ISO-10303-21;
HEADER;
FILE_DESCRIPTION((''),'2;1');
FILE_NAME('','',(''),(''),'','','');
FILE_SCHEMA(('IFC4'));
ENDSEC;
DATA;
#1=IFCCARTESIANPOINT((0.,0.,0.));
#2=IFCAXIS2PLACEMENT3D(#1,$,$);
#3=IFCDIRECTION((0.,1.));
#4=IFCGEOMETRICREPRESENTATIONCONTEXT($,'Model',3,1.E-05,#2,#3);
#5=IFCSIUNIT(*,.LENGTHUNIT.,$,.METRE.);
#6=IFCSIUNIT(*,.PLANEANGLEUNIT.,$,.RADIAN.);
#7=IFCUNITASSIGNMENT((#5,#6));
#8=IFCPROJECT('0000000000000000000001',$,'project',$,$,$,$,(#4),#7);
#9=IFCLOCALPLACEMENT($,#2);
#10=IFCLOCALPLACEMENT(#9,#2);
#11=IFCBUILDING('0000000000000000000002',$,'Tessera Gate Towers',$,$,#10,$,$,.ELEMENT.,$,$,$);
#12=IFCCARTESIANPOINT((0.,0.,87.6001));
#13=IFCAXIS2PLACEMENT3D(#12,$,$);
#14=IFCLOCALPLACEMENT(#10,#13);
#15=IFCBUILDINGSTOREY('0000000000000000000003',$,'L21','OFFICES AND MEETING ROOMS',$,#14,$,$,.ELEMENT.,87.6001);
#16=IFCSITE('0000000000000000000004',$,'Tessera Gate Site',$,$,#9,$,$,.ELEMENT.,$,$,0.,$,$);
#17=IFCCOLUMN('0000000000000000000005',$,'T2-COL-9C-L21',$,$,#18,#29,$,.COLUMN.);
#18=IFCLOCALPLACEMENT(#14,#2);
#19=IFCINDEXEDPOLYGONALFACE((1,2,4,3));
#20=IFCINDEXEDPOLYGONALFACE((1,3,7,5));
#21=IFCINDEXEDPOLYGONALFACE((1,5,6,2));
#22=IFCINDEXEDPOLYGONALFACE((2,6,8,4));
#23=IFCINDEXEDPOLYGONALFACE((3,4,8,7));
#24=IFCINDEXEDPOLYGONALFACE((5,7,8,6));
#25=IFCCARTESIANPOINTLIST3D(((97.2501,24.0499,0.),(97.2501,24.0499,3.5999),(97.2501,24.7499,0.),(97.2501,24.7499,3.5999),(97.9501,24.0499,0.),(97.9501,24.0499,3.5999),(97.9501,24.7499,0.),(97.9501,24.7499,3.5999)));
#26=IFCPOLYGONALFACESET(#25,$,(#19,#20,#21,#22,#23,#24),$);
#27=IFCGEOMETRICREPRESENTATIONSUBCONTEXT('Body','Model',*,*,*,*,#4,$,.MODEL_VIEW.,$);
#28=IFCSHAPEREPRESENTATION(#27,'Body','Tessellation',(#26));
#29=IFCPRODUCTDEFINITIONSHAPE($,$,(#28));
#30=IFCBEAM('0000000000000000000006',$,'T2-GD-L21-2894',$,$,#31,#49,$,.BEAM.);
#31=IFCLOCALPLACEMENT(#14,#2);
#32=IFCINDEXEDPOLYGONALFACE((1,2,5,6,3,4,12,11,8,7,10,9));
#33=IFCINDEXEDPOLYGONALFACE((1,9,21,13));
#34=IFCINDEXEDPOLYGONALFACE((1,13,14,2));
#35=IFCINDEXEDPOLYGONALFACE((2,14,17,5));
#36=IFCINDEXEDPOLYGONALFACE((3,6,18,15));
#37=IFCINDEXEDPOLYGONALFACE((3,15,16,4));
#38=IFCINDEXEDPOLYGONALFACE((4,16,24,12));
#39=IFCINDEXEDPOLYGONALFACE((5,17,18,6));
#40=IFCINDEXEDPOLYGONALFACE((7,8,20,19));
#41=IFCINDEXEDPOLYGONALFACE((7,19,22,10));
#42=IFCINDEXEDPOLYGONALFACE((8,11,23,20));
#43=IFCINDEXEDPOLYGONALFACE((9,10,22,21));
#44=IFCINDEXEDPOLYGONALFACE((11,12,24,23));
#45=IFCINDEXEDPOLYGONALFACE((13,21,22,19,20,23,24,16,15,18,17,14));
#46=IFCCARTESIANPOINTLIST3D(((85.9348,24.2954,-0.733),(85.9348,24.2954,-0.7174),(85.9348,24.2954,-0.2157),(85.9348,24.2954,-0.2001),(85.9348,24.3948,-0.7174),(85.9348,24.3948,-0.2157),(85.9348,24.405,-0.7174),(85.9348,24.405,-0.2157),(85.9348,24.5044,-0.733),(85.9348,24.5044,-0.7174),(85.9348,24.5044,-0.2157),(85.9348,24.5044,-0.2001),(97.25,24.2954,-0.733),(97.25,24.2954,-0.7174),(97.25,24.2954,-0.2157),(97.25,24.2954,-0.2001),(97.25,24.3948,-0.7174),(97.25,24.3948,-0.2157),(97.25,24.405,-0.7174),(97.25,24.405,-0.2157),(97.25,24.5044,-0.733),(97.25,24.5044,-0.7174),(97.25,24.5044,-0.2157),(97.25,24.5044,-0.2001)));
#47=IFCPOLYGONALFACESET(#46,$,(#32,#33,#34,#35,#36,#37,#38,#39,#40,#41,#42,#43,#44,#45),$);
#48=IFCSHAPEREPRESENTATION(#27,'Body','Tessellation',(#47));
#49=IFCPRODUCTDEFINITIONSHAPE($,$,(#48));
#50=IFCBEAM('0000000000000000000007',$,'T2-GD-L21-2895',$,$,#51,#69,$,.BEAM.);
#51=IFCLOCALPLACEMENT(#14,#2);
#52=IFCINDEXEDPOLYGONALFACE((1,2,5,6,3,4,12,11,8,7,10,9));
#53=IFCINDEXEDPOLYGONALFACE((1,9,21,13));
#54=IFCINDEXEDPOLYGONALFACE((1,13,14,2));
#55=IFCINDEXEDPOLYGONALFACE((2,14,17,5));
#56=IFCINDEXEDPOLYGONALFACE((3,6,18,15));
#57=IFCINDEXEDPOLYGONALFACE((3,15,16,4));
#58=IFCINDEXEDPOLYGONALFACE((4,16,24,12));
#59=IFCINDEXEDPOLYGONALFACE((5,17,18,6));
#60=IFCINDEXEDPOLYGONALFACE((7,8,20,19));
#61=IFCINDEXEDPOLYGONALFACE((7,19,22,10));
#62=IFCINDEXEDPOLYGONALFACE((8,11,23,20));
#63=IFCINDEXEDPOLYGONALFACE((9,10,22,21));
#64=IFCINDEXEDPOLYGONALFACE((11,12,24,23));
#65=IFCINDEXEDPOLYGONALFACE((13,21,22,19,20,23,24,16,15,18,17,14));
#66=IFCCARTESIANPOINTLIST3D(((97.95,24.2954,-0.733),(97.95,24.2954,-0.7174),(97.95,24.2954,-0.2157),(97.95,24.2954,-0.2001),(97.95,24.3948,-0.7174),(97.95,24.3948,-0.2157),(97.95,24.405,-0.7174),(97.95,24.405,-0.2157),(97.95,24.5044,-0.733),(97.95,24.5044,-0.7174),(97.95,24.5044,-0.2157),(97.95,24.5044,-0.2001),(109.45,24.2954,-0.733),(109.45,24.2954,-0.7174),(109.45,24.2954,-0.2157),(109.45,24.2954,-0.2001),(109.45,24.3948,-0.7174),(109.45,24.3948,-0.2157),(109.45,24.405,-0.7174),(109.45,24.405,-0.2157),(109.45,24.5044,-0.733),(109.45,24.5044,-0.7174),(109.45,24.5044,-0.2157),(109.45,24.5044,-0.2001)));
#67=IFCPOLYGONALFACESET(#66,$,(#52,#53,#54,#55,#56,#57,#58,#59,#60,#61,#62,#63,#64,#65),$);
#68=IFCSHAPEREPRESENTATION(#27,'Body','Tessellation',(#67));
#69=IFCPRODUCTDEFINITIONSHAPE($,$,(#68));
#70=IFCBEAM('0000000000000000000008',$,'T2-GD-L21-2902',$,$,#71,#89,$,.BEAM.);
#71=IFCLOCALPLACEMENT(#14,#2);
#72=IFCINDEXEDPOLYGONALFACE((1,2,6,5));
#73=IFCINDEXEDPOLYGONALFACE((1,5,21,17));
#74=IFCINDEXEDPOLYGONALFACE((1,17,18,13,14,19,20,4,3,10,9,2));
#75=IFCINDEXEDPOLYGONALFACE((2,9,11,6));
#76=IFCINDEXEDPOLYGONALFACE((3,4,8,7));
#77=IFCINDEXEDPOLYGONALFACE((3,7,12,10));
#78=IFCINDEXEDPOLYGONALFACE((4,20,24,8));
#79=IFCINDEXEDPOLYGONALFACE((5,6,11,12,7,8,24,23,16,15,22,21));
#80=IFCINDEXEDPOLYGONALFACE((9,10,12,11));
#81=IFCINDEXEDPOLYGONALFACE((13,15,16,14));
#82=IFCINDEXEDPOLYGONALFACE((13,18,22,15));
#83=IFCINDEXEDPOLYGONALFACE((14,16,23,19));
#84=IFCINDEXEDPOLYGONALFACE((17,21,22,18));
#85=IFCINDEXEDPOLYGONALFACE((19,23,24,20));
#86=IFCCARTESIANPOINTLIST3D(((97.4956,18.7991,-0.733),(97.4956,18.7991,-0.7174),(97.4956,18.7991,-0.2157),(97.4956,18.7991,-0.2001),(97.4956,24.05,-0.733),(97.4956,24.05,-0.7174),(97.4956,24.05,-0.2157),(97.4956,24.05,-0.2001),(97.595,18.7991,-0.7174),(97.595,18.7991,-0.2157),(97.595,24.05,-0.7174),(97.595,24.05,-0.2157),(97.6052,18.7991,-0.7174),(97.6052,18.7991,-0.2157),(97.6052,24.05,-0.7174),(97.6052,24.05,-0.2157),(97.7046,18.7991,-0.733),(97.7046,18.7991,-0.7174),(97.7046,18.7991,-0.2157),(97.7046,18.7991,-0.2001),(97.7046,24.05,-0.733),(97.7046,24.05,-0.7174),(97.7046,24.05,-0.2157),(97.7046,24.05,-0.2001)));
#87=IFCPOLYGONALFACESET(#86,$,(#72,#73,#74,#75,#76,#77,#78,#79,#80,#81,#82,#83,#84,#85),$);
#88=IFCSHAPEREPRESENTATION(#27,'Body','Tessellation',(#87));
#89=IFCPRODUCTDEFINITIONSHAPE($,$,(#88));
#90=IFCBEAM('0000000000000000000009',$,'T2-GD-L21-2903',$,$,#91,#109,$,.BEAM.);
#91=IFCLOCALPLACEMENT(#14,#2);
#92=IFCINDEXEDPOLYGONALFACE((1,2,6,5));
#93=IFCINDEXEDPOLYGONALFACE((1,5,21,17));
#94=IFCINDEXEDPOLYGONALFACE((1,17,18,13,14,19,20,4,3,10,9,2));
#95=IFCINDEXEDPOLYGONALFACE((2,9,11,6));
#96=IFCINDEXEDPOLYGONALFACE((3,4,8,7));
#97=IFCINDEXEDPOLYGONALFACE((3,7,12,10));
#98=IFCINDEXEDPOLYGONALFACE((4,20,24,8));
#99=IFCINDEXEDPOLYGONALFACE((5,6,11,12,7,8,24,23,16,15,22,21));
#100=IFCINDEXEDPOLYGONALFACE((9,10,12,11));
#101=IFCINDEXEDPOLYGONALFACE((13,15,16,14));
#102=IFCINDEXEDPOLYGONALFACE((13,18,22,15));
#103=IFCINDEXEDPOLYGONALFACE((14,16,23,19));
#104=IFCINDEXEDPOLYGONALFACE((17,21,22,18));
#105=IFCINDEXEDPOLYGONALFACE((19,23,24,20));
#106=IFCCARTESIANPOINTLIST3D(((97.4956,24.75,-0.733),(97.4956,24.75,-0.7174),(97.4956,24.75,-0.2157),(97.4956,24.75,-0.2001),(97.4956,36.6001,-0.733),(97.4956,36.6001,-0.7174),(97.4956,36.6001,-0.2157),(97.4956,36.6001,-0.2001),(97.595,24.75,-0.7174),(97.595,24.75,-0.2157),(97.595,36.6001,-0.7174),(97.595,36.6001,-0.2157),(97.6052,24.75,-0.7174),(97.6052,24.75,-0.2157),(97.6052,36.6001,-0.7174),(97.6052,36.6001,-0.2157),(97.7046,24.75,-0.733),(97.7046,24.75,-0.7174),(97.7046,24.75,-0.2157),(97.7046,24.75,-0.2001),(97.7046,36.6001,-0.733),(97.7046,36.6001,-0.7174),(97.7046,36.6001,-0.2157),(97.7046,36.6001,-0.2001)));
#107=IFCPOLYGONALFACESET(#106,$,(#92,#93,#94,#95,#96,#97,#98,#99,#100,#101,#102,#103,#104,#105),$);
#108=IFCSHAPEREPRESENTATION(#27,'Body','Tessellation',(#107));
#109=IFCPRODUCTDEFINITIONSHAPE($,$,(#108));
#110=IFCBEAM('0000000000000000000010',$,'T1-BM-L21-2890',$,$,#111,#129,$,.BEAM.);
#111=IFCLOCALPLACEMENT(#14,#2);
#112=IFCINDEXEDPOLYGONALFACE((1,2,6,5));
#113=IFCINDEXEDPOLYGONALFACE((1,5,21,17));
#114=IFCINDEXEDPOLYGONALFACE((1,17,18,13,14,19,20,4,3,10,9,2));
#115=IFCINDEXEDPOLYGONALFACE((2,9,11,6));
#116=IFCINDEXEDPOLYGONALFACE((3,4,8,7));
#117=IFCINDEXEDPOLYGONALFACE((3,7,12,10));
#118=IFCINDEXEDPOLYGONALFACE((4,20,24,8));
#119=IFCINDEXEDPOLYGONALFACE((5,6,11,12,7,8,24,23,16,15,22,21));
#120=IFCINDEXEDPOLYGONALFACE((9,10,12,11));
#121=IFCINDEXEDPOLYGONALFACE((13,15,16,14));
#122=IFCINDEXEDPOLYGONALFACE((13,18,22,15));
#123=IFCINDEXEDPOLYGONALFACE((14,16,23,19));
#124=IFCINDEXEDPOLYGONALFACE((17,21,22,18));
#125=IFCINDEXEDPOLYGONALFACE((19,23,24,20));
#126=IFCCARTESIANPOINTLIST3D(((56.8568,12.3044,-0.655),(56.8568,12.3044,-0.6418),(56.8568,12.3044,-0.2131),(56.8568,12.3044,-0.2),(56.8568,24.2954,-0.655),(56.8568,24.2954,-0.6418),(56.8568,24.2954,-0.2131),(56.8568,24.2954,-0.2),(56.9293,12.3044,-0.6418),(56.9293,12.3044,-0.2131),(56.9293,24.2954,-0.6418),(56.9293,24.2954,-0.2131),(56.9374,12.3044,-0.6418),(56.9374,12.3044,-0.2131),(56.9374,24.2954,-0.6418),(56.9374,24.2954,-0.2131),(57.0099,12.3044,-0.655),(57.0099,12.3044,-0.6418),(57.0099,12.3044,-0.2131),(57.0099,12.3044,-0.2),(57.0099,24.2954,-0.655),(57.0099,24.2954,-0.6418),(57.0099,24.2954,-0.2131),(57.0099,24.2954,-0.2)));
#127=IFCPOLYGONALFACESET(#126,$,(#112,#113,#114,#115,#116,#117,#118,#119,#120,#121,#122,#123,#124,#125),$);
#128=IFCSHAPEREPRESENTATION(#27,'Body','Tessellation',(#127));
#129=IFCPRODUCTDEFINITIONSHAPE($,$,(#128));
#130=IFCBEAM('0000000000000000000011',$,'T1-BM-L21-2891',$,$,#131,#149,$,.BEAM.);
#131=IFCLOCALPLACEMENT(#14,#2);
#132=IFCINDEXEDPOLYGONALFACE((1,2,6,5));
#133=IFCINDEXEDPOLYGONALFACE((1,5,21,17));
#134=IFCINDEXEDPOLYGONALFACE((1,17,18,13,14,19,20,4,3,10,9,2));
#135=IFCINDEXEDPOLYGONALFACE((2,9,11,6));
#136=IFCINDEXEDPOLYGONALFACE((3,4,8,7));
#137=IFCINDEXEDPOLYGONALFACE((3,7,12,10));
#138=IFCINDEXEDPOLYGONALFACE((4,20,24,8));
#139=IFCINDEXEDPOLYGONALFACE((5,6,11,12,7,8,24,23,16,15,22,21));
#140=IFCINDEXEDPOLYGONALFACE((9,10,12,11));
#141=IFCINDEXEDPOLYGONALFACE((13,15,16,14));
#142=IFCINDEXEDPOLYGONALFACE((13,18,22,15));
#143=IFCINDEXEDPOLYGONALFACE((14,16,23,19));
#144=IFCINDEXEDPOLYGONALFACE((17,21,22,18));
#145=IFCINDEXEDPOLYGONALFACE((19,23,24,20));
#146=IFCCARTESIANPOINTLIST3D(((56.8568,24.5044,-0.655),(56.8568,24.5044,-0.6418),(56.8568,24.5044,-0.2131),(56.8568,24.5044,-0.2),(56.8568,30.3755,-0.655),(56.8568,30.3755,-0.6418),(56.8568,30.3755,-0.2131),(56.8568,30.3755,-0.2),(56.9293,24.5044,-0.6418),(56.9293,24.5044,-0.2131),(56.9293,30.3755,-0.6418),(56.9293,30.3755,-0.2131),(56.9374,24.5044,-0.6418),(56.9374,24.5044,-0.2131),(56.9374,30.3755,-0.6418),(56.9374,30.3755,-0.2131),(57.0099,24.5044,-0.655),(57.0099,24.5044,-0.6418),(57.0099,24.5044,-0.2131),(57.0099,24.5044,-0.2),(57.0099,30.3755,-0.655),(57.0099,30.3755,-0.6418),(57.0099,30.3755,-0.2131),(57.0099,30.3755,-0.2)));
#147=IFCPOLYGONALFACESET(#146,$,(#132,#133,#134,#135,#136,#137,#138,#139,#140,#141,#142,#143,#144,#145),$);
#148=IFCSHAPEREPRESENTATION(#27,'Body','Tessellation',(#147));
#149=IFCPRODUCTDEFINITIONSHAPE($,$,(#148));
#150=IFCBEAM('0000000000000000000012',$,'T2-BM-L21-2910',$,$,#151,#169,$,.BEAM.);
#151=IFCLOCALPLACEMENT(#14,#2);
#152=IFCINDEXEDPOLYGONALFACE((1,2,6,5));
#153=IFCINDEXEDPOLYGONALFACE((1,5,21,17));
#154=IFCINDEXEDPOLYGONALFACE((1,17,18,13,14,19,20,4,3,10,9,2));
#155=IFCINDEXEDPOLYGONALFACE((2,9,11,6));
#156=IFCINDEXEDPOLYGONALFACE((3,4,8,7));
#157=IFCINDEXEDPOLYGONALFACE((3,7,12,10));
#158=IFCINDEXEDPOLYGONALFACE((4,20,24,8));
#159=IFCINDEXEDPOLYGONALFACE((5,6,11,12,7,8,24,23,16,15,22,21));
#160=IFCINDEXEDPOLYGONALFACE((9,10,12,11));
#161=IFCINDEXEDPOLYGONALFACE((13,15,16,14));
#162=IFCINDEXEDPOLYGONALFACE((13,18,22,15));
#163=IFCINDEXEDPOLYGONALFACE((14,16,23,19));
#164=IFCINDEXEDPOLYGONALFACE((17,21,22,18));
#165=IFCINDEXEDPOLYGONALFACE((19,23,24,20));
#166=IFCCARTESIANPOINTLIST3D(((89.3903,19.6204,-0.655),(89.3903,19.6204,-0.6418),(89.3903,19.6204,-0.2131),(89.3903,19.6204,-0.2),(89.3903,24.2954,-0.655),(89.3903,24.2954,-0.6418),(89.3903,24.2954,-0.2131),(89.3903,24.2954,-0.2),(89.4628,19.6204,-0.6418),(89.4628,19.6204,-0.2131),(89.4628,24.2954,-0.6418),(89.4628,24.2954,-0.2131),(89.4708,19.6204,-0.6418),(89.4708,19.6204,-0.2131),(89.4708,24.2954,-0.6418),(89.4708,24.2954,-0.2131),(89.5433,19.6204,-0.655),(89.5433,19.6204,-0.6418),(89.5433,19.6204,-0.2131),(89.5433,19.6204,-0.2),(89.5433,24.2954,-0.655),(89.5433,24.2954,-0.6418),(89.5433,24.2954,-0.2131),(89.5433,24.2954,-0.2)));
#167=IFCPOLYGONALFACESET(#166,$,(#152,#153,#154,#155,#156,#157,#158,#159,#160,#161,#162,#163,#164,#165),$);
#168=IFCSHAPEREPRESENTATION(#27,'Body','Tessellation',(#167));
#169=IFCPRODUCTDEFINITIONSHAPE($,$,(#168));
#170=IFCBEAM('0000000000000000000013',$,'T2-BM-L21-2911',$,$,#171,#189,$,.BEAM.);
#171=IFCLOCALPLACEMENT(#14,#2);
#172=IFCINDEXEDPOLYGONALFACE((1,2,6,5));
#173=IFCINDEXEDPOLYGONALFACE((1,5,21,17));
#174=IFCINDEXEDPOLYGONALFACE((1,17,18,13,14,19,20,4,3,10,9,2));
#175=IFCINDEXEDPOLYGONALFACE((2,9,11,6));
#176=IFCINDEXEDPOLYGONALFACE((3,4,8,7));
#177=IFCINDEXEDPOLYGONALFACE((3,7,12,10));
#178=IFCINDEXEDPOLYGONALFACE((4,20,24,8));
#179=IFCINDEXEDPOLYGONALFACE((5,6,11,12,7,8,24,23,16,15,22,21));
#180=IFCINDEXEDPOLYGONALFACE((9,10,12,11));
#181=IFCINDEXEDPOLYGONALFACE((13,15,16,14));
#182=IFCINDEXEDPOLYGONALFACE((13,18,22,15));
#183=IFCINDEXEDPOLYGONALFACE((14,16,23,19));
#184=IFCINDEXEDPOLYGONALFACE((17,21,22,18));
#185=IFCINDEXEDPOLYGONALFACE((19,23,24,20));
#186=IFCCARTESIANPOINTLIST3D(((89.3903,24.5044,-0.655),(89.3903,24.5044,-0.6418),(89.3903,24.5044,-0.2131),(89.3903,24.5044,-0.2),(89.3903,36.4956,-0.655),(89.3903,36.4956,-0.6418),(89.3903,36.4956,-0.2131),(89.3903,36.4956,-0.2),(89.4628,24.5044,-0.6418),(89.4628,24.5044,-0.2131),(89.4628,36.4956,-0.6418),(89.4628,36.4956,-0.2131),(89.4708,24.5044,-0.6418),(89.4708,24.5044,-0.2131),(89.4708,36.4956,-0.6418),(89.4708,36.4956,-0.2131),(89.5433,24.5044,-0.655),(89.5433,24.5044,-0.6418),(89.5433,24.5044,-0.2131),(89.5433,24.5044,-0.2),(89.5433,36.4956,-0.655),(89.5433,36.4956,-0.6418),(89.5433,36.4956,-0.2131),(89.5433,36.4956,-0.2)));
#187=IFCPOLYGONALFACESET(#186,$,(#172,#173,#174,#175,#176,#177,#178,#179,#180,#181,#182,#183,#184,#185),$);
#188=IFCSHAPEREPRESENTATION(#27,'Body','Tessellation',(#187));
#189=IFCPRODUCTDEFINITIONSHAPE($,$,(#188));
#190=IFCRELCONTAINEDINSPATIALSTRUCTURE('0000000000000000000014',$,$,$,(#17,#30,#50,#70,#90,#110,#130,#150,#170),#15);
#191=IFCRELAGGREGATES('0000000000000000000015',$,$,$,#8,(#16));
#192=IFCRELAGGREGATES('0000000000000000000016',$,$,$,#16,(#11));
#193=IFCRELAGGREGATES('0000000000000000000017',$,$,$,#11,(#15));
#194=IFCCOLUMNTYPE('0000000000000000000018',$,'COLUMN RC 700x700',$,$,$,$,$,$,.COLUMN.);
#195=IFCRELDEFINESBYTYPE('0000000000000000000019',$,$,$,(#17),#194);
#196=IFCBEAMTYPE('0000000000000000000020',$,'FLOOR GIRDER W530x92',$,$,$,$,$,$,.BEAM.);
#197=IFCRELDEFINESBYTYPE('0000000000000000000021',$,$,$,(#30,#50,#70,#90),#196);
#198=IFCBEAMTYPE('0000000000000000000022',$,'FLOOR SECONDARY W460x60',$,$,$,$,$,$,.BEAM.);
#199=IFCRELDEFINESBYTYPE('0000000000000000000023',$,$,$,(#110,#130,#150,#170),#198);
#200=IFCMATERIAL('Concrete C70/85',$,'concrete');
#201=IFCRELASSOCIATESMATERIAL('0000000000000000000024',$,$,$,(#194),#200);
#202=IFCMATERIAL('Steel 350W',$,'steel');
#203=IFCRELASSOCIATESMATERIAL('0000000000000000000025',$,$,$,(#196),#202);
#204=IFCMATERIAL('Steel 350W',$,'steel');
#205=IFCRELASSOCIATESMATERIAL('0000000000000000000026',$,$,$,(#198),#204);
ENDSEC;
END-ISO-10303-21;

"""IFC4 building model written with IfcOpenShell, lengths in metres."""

from ifc_helpers import new_model, si_unit, direction, frame, origin, origin_2d, place, context, subcontext, project, spatial, rectangle, i_section, extrude, material, material_profile, profile_set, type_object, element, save


model = new_model("IFC4")

# Units and contexts
model_context = context("Model", 3, precision=1e-05, world=origin(), true_north=direction((0.0, 1.0)))
body_context = subcontext(model_context, "Body", "Model", "MODEL_VIEW")
ifc_project = project(units=[si_unit("LENGTHUNIT", "METRE"), si_unit("PLANEANGLEUNIT", "RADIAN")], contexts=[model_context])

# Site, building, storey
site_placement = place(None, origin())
site = spatial("IfcSite", under=ifc_project, at=site_placement, Name="Tessera Gate Site", CompositionType="ELEMENT", RefElevation=0.0)
building_placement = place(site_placement, origin())
building = spatial("IfcBuilding", under=site, at=building_placement, Name="Tessera Gate Towers", CompositionType="ELEMENT")
storey_placement = place(building_placement, frame((0.0, 0.0, 87.6001)))
storey = spatial("IfcBuildingStorey", under=building, at=storey_placement, Name="L21", Description="OFFICES AND MEETING ROOMS", CompositionType="ELEMENT", Elevation=87.6001)

# Column
ifc_material_1 = material(Name="Concrete C70/85", Category="concrete")
ifc_material_profile_1 = material_profile(ifc_material_1, rectangle(XDim=0.7, YDim=0.7, at=origin_2d()), Name="RC 700x700")
ifc_profile_set_1 = profile_set([ifc_material_profile_1], Name="Concrete C70/85")
column_type = type_object("IfcColumnType", Name="COLUMN RC 700x700", PredefinedType="COLUMN", material=ifc_profile_set_1)
column_placement = place(storey_placement, frame((97.6001, 24.3999, 0.0), z_axis=(0.0, 0.0, 1.0), x_axis=(1.0, 0.0, 0.0)))
element("IfcColumn", 1, at=column_placement, inside=storey, type_object=column_type, Name="T2-COL-9C-L21", PredefinedType="COLUMN", context=body_context, shape_type="SweptSolid", body=[
    extrude(rectangle(XDim=0.7, YDim=0.7, at=origin_2d()), origin(), (0.0, 0.0, 1.0), 3.5999),
])

# Beams
ifc_material_2 = material(Name="Steel 350W", Category="steel")
ifc_material_profile_2 = material_profile(ifc_material_2, i_section(OverallWidth=0.209, OverallDepth=0.533, WebThickness=0.0103, FlangeThickness=0.0156, at=origin_2d()), Name="W530x92")
ifc_profile_set_2 = profile_set([ifc_material_profile_2], Name="Steel 350W")
beam_type_1 = type_object("IfcBeamType", Name="FLOOR GIRDER W530x92", PredefinedType="BEAM", material=ifc_profile_set_2)
beam_1_placement = place(storey_placement, frame((85.9348, 24.3999, -0.4666), z_axis=(1.0, 0.0, 0.0), x_axis=(0.0, 1.0, 0.0)))
element("IfcBeam", 2, at=beam_1_placement, inside=storey, type_object=beam_type_1, Name="T2-GD-L21-2894", PredefinedType="BEAM", context=body_context, shape_type="SweptSolid", body=[
    extrude(i_section(OverallWidth=0.209, OverallDepth=0.533, WebThickness=0.0103, FlangeThickness=0.0156, at=origin_2d()), origin(), (0.0, 0.0, 1.0), 11.3152),
])
beam_2_placement = place(storey_placement, frame((97.95, 24.3999, -0.4666), z_axis=(1.0, 0.0, 0.0), x_axis=(0.0, 1.0, 0.0)))
element("IfcBeam", 3, at=beam_2_placement, inside=storey, type_object=beam_type_1, Name="T2-GD-L21-2895", PredefinedType="BEAM", context=body_context, shape_type="SweptSolid", body=[
    extrude(i_section(OverallWidth=0.209, OverallDepth=0.533, WebThickness=0.0103, FlangeThickness=0.0156, at=origin_2d()), origin(), (0.0, 0.0, 1.0), 11.5),
])
beam_3_placement = place(storey_placement, frame((97.6001, 18.7991, -0.4666), z_axis=(0.0, 1.0, 0.0), x_axis=(-1.0, 0.0, 0.0)))
element("IfcBeam", 4, at=beam_3_placement, inside=storey, type_object=beam_type_1, Name="T2-GD-L21-2902", PredefinedType="BEAM", context=body_context, shape_type="SweptSolid", body=[
    extrude(i_section(OverallWidth=0.209, OverallDepth=0.533, WebThickness=0.0103, FlangeThickness=0.0156, at=origin_2d()), origin(), (0.0, 0.0, 1.0), 5.251),
])
beam_4_placement = place(storey_placement, frame((97.6001, 24.75, -0.4666), z_axis=(0.0, 1.0, 0.0), x_axis=(-1.0, 0.0, 0.0)))
element("IfcBeam", 5, at=beam_4_placement, inside=storey, type_object=beam_type_1, Name="T2-GD-L21-2903", PredefinedType="BEAM", context=body_context, shape_type="SweptSolid", body=[
    extrude(i_section(OverallWidth=0.209, OverallDepth=0.533, WebThickness=0.0103, FlangeThickness=0.0156, at=origin_2d()), origin(), (0.0, 0.0, 1.0), 11.8501),
])
ifc_material_3 = material(Name="Steel 350W", Category="steel")
ifc_material_profile_3 = material_profile(ifc_material_3, i_section(OverallWidth=0.1531, OverallDepth=0.4551, WebThickness=0.0081, FlangeThickness=0.0132, at=origin_2d()), Name="W460x60")
ifc_profile_set_3 = profile_set([ifc_material_profile_3], Name="Steel 350W")
beam_type_2 = type_object("IfcBeamType", Name="FLOOR SECONDARY W460x60", PredefinedType="BEAM", material=ifc_profile_set_3)
beam_5_placement = place(storey_placement, frame((56.9333, 12.3044, -0.4275), z_axis=(0.0, 1.0, 0.0), x_axis=(-1.0, 0.0, 0.0)))
element("IfcBeam", 6, at=beam_5_placement, inside=storey, type_object=beam_type_2, Name="T1-BM-L21-2890", PredefinedType="BEAM", context=body_context, shape_type="SweptSolid", body=[
    extrude(i_section(OverallWidth=0.1531, OverallDepth=0.4551, WebThickness=0.0081, FlangeThickness=0.0132, at=origin_2d()), origin(), (0.0, 0.0, 1.0), 11.991),
])
beam_6_placement = place(storey_placement, frame((56.9333, 24.5044, -0.4275), z_axis=(0.0, 1.0, 0.0), x_axis=(-1.0, 0.0, 0.0)))
element("IfcBeam", 7, at=beam_6_placement, inside=storey, type_object=beam_type_2, Name="T1-BM-L21-2891", PredefinedType="BEAM", context=body_context, shape_type="SweptSolid", body=[
    extrude(i_section(OverallWidth=0.1531, OverallDepth=0.4551, WebThickness=0.0081, FlangeThickness=0.0132, at=origin_2d()), origin(), (0.0, 0.0, 1.0), 5.8711),
])
beam_7_placement = place(storey_placement, frame((89.4668, 19.6204, -0.4275), z_axis=(0.0, 1.0, 0.0), x_axis=(-1.0, 0.0, 0.0)))
element("IfcBeam", 8, at=beam_7_placement, inside=storey, type_object=beam_type_2, Name="T2-BM-L21-2910", PredefinedType="BEAM", context=body_context, shape_type="SweptSolid", body=[
    extrude(i_section(OverallWidth=0.1531, OverallDepth=0.4551, WebThickness=0.0081, FlangeThickness=0.0132, at=origin_2d()), origin(), (0.0, 0.0, 1.0), 4.675),
])
beam_8_placement = place(storey_placement, frame((89.4668, 24.5044, -0.4275), z_axis=(0.0, 1.0, 0.0), x_axis=(-1.0, 0.0, 0.0)))
element("IfcBeam", 9, at=beam_8_placement, inside=storey, type_object=beam_type_2, Name="T2-BM-L21-2911", PredefinedType="BEAM", context=body_context, shape_type="SweptSolid", body=[
    extrude(i_section(OverallWidth=0.1531, OverallDepth=0.4551, WebThickness=0.0081, FlangeThickness=0.0132, at=origin_2d()), origin(), (0.0, 0.0, 1.0), 11.9912),
])

save(model, "model.ifc")
